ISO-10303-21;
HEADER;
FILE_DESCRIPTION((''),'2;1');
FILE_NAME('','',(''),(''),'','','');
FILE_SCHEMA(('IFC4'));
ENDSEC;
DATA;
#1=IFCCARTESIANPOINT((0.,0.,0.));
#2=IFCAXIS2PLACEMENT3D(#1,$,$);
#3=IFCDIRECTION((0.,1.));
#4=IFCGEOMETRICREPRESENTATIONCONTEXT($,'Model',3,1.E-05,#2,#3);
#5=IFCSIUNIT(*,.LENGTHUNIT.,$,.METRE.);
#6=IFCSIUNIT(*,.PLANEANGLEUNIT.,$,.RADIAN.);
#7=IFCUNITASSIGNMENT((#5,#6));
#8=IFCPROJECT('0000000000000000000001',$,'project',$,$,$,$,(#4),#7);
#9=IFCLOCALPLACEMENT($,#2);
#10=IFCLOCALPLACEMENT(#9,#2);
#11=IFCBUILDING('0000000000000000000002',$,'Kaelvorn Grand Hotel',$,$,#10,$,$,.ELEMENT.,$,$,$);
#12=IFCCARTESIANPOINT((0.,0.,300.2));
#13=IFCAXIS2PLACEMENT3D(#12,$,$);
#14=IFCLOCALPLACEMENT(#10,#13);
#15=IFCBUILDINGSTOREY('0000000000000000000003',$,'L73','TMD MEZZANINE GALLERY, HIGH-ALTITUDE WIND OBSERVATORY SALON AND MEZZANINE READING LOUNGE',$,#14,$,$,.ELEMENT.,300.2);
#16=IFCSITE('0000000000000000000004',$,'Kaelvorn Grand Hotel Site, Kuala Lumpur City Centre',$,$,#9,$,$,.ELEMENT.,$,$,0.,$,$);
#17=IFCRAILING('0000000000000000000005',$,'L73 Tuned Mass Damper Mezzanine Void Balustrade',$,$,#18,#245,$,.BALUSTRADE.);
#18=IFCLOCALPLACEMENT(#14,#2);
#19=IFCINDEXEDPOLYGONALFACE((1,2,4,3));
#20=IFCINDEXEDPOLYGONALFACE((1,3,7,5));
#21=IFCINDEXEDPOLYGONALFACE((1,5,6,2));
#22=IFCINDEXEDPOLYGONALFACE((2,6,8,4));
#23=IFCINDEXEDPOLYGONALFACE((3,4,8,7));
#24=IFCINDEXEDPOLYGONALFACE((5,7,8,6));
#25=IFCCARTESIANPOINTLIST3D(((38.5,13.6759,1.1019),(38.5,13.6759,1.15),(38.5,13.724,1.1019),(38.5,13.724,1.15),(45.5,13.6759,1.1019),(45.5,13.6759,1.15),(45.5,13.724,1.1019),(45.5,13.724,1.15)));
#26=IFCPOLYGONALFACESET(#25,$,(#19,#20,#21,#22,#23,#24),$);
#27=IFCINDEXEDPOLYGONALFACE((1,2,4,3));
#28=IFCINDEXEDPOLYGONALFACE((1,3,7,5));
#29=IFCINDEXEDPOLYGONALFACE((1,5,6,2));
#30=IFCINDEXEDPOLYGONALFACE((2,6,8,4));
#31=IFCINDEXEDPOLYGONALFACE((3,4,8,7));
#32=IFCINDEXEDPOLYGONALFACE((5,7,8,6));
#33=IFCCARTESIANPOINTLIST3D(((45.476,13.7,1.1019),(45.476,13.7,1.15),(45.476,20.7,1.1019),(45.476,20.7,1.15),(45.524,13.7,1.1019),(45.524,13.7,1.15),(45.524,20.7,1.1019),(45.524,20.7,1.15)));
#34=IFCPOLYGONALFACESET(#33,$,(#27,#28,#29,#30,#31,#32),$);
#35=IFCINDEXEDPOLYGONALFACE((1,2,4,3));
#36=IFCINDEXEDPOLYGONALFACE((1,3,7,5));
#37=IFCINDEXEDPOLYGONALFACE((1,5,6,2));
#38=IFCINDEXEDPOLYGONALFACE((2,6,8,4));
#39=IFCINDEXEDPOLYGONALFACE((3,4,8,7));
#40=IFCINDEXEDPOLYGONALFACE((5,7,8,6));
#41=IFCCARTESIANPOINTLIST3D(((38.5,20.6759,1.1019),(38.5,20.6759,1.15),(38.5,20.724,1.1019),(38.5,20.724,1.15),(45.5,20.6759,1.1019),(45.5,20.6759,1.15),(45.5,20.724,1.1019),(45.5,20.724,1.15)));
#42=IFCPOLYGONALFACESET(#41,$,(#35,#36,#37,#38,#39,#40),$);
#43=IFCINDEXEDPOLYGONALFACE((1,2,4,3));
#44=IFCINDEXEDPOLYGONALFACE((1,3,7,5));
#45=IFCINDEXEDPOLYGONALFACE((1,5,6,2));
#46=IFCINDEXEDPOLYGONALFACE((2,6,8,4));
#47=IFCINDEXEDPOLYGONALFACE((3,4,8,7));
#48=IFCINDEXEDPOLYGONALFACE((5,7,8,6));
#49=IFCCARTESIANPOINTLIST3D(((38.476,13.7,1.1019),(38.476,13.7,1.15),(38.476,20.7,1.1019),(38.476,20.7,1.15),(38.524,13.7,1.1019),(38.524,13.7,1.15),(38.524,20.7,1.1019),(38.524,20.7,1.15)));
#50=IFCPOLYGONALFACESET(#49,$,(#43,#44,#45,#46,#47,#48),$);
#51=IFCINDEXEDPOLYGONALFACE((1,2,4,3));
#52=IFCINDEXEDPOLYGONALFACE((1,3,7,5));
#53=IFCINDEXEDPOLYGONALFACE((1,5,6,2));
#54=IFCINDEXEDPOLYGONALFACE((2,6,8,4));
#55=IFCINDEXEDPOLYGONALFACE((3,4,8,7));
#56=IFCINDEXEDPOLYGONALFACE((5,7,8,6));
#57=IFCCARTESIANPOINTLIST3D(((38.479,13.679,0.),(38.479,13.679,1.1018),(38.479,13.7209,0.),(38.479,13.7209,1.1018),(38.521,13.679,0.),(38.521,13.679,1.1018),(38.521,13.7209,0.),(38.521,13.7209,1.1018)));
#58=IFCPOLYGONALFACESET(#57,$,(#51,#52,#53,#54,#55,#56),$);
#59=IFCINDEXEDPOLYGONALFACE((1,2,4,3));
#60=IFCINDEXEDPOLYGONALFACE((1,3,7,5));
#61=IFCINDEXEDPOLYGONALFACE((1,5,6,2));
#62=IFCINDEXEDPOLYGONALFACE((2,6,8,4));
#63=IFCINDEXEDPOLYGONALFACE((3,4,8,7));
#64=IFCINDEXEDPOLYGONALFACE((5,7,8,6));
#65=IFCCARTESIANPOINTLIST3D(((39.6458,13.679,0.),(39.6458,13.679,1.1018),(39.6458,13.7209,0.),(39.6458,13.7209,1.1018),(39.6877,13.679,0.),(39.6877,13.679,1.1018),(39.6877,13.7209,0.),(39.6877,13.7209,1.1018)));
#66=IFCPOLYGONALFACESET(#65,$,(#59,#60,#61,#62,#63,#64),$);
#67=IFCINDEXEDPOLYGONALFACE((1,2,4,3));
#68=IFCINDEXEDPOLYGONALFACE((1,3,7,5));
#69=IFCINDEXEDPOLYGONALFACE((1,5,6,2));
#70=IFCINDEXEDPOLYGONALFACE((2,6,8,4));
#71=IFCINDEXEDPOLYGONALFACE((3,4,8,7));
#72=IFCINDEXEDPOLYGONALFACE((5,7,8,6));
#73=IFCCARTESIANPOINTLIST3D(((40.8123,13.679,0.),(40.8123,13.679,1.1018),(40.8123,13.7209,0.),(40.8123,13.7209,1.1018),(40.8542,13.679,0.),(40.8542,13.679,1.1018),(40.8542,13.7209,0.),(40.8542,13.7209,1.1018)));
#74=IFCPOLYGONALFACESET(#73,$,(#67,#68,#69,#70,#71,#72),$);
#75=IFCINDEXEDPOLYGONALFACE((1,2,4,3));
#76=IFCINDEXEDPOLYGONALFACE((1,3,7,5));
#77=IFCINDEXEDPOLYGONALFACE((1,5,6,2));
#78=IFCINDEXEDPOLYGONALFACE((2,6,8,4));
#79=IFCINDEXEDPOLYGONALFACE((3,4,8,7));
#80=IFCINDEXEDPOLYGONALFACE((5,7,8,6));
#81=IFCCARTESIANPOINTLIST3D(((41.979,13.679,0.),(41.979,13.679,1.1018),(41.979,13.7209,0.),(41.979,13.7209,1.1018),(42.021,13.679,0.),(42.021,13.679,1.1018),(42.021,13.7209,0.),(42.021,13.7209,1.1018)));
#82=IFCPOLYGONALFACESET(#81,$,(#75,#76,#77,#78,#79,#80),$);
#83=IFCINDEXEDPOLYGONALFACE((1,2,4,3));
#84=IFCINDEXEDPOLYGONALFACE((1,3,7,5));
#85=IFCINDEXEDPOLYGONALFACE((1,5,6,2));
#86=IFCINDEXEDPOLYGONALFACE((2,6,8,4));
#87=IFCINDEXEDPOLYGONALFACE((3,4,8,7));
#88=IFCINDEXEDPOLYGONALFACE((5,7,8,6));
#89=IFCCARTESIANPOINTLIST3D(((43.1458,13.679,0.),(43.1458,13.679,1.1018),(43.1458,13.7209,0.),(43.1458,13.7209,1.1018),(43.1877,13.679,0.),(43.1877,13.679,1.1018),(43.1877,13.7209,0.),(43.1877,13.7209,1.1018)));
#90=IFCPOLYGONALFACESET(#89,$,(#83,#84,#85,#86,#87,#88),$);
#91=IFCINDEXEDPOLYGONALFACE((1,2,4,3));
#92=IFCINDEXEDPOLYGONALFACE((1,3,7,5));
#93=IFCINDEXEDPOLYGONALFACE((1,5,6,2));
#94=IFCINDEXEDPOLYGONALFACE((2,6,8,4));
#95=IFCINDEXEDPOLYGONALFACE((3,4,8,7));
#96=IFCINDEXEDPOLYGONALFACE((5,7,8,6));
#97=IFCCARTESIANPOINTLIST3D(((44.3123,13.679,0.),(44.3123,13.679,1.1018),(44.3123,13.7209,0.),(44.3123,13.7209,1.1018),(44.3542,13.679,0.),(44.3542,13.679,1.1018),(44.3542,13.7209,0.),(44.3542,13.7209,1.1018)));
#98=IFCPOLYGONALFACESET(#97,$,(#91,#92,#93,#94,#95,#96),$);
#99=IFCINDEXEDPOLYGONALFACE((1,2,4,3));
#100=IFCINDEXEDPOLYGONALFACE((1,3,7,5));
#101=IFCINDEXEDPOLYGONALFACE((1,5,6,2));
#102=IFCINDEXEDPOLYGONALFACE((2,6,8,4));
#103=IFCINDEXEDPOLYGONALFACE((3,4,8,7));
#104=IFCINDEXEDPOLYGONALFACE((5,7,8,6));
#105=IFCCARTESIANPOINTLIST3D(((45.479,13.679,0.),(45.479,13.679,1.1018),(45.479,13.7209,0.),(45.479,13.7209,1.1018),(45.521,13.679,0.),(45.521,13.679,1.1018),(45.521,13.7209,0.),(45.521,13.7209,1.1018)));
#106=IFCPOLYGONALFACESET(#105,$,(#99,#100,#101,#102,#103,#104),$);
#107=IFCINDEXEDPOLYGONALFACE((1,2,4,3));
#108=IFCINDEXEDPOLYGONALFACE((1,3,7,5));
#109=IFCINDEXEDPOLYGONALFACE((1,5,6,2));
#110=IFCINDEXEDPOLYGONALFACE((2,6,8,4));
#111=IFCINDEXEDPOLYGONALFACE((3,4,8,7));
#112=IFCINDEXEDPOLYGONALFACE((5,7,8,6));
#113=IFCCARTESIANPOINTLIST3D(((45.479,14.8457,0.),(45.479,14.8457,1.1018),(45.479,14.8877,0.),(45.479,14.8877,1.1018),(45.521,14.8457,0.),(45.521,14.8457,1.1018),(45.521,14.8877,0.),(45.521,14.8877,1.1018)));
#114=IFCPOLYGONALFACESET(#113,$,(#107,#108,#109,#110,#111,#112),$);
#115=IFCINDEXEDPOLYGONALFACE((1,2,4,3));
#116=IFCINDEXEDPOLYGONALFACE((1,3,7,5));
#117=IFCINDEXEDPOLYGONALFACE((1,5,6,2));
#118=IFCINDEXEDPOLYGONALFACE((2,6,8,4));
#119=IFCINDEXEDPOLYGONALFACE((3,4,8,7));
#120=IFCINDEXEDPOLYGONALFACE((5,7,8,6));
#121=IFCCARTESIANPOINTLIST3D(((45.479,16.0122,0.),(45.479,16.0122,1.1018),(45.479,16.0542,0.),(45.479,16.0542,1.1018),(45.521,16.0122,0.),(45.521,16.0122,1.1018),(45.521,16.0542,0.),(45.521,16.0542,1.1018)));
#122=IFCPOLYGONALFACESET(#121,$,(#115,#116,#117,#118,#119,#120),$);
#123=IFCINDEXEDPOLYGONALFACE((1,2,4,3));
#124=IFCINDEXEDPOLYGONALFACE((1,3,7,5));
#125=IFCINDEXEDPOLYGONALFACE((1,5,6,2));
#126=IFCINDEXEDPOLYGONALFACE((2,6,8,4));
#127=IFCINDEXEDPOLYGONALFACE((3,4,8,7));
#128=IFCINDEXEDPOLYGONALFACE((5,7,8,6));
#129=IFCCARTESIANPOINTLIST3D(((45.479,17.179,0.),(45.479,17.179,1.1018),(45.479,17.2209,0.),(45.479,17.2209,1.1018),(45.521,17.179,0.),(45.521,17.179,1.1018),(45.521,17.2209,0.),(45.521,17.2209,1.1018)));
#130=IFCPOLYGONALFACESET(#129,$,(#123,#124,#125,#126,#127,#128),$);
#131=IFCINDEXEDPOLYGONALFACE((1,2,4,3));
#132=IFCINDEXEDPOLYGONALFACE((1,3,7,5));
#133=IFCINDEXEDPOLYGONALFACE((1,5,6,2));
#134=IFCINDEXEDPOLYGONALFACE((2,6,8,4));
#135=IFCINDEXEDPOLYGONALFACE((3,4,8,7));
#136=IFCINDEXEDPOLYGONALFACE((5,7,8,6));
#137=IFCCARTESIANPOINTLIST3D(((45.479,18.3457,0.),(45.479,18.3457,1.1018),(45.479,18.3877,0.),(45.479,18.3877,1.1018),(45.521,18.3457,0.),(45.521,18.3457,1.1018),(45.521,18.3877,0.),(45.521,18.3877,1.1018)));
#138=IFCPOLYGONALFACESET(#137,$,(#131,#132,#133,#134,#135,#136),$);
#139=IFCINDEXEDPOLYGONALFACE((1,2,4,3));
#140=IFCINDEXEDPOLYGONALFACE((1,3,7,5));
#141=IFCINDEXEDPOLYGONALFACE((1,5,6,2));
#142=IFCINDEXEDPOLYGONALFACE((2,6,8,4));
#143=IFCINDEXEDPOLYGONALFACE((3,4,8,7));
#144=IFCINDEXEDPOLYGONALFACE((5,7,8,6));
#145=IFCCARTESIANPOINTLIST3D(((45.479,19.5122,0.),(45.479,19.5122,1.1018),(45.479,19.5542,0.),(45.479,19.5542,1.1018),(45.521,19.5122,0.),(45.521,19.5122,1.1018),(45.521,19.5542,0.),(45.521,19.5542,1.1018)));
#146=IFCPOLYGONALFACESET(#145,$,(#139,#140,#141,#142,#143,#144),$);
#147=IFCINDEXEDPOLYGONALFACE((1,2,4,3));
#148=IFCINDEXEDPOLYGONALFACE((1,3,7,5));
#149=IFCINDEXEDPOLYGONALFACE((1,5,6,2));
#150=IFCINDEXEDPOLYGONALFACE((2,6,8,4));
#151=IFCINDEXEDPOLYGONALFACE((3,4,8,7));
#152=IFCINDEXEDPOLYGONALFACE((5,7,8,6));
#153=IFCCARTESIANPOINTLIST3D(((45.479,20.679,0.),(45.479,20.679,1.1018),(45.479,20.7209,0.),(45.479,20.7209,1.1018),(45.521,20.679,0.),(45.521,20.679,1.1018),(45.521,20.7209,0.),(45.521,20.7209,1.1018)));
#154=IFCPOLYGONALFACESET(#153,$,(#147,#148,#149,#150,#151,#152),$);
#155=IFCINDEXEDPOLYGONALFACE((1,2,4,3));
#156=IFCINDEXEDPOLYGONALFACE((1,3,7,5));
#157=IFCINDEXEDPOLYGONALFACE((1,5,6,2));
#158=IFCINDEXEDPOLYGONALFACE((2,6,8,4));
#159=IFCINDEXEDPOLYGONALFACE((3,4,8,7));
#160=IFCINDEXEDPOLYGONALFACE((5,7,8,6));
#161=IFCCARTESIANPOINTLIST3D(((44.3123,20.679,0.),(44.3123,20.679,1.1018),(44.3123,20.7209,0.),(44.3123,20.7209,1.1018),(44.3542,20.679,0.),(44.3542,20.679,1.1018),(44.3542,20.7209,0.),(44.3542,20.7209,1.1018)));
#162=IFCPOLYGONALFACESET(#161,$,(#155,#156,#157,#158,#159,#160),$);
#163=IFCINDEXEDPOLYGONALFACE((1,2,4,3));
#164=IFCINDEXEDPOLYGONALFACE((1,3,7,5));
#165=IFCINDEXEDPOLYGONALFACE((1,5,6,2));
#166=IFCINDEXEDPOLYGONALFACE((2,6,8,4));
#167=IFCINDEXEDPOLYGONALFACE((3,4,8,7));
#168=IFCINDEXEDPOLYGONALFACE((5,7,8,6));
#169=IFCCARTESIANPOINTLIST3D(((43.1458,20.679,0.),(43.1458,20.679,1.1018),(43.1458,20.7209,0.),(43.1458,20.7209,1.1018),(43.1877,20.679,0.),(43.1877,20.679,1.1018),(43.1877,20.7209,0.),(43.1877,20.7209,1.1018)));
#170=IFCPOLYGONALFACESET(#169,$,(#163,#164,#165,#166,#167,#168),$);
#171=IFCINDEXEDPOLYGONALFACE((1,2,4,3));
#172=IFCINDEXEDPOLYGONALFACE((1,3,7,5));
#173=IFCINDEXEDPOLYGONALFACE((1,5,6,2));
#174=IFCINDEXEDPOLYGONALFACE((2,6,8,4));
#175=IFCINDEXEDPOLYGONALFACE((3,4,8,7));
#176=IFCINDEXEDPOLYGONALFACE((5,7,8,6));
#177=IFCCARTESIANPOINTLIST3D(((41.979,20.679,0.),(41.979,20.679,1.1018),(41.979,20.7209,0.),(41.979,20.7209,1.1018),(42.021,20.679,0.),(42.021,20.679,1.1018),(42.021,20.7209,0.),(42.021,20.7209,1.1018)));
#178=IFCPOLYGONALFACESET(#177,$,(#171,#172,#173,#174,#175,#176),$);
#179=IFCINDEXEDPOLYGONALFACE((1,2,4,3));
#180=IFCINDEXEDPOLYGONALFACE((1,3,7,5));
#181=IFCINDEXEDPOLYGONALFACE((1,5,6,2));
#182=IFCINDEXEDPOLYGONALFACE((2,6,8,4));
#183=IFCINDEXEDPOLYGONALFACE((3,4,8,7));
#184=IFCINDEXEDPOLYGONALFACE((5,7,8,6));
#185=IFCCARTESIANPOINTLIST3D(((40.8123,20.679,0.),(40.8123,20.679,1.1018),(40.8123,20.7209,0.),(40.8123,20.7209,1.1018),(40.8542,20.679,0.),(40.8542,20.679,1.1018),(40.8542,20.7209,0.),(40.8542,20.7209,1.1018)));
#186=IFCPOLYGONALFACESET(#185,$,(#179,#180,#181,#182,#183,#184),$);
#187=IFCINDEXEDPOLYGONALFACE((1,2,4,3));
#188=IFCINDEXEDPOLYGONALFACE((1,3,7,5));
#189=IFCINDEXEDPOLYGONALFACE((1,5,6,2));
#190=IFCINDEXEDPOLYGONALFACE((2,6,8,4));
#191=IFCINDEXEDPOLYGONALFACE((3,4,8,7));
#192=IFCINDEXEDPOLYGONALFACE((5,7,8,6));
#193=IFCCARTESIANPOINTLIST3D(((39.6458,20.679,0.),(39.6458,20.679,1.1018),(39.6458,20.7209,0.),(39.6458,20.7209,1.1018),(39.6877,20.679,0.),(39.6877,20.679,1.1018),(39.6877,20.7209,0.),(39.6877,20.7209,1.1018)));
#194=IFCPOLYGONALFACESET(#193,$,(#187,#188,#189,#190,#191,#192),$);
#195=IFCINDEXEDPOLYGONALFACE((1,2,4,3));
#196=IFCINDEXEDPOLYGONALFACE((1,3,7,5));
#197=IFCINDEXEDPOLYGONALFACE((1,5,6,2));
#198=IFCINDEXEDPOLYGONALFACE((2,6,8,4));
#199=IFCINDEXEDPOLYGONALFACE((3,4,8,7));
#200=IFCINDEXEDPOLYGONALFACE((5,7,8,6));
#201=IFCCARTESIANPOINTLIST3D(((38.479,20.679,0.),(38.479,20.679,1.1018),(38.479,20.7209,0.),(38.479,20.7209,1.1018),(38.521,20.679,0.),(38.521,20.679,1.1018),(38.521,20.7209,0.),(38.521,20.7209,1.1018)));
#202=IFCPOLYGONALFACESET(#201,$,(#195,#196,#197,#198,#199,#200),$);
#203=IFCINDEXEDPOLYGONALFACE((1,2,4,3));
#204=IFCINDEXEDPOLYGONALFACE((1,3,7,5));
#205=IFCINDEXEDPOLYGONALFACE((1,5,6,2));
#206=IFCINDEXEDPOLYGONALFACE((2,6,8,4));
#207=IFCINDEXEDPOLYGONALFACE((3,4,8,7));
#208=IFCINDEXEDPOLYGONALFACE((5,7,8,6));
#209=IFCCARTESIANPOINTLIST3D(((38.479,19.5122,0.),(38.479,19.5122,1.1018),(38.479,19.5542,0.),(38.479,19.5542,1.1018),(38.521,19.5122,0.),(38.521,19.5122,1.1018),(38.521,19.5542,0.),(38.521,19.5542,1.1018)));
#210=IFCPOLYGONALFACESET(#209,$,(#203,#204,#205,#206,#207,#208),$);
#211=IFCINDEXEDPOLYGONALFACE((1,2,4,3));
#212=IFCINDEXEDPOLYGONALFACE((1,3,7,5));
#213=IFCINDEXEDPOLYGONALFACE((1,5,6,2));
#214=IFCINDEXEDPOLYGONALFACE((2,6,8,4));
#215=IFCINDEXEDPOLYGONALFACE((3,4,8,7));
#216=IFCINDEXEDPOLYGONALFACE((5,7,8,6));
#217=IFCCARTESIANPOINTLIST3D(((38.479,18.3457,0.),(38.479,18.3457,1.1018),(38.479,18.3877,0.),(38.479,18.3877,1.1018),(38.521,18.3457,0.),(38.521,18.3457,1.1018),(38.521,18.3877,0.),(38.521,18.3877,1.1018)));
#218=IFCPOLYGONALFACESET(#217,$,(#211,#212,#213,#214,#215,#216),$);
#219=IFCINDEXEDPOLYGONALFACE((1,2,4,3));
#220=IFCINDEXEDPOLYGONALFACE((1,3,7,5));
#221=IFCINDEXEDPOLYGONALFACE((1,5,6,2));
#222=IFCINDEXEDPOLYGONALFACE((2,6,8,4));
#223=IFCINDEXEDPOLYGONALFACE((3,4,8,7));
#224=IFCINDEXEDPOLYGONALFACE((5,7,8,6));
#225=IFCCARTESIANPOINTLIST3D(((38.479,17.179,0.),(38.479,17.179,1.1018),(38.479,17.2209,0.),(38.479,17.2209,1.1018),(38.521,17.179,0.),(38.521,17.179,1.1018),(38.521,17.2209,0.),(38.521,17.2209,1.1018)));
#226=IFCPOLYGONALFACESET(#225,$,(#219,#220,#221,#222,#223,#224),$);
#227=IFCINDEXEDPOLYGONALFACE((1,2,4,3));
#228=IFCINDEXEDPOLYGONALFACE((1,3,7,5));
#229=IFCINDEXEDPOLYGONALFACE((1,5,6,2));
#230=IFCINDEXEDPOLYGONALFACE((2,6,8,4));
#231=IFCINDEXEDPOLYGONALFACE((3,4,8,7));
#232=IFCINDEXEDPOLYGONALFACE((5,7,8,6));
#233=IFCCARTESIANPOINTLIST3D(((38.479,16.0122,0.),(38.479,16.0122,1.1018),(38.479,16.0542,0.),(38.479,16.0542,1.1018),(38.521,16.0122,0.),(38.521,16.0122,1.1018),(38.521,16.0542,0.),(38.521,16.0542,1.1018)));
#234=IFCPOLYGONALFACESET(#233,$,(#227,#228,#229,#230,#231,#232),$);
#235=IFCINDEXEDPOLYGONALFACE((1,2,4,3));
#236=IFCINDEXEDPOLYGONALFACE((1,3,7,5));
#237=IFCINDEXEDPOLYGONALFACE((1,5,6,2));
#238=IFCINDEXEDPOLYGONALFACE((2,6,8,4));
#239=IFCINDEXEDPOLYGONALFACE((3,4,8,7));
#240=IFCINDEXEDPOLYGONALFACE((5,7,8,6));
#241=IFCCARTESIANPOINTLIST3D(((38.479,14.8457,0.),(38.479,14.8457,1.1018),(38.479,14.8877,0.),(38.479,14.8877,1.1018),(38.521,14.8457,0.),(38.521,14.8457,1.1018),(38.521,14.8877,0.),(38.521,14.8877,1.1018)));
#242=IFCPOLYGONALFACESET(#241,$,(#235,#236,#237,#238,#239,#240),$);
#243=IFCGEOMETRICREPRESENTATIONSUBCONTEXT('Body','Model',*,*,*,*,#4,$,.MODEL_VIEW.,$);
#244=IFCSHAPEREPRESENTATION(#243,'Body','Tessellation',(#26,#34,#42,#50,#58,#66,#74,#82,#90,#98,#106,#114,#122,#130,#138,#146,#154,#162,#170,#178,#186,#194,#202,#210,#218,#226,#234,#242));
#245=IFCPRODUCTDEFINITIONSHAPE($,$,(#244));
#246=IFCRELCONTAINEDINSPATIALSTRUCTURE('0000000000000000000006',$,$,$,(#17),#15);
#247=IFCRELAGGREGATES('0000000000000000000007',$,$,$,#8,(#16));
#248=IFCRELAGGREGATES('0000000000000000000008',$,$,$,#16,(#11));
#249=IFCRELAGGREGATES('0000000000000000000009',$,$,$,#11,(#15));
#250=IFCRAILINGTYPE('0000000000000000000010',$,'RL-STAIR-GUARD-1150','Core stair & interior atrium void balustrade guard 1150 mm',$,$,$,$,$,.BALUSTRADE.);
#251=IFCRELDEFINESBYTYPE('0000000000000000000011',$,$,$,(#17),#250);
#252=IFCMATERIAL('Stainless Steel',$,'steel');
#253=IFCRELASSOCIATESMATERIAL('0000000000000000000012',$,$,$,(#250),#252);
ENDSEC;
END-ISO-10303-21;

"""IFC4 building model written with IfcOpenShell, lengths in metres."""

from ifc_helpers import new_model, si_unit, direction, frame, origin, origin_2d, place, context, subcontext, project, spatial, rectangle, extrude, material, type_object, element, save


model = new_model("IFC4")

# Units and contexts
model_context = context("Model", 3, precision=1e-05, world=origin(), true_north=direction((0.0, 1.0)))
body_context = subcontext(model_context, "Body", "Model", "MODEL_VIEW")
ifc_project = project(units=[si_unit("LENGTHUNIT", "METRE"), si_unit("PLANEANGLEUNIT", "RADIAN")], contexts=[model_context])

# Site, building, storey
site_placement = place(None, origin())
site = spatial("IfcSite", under=ifc_project, at=site_placement, Name="Kaelvorn Grand Hotel Site, Kuala Lumpur City Centre", CompositionType="ELEMENT", RefElevation=0.0)
building_placement = place(site_placement, origin())
building = spatial("IfcBuilding", under=site, at=building_placement, Name="Kaelvorn Grand Hotel", CompositionType="ELEMENT")
storey_placement = place(building_placement, frame((0.0, 0.0, 300.2)))
storey = spatial("IfcBuildingStorey", under=building, at=storey_placement, Name="L73", Description="TMD MEZZANINE GALLERY, HIGH-ALTITUDE WIND OBSERVATORY SALON AND MEZZANINE READING LOUNGE", CompositionType="ELEMENT", Elevation=300.2)

# Railing
ifc_material_1 = material(Name="Stainless Steel", Category="steel")
railing_type = type_object("IfcRailingType", Name="RL-STAIR-GUARD-1150", Description="Core stair & interior atrium void balustrade guard 1150 mm", PredefinedType="BALUSTRADE", material=ifc_material_1)
railing_placement = place(storey_placement, frame((38.5, 13.7, 0.0)))
element("IfcRailing", 1, at=railing_placement, inside=storey, type_object=railing_type, Name="L73 Tuned Mass Damper Mezzanine Void Balustrade", PredefinedType="BALUSTRADE", context=body_context, shape_type="SweptSolid", body=[
    extrude(rectangle(XDim=0.0481, YDim=0.0481, at=origin_2d()), frame((0.0, 0.0, 1.126), z_axis=(1.0, 0.0, 0.0), x_axis=(0.0, 1.0, 0.0)), (0.0, 0.0, 1.0), 7.0),
    extrude(rectangle(XDim=0.0481, YDim=0.0481, at=origin_2d()), frame((7.0, 0.0, 1.126), z_axis=(0.0, 1.0, 0.0), x_axis=(-1.0, 0.0, 0.0)), (0.0, 0.0, 1.0), 7.0),
    extrude(rectangle(XDim=0.0481, YDim=0.0481, at=origin_2d()), frame((7.0, 7.0, 1.126), z_axis=(-1.0, 0.0, 0.0), x_axis=(0.0, -1.0, 0.0)), (0.0, 0.0, 1.0), 7.0),
    extrude(rectangle(XDim=0.0481, YDim=0.0481, at=origin_2d()), frame((0.0, 7.0, 1.126), z_axis=(0.0, -1.0, 0.0), x_axis=(1.0, 0.0, 0.0)), (0.0, 0.0, 1.0), 7.0),
    extrude(rectangle(XDim=0.042, YDim=0.042, at=origin_2d()), origin(), (0.0, 0.0, 1.0), 1.1018),
    extrude(rectangle(XDim=0.042, YDim=0.042, at=origin_2d()), frame((1.1667, 0.0, 0.0)), (0.0, 0.0, 1.0), 1.1018),
    extrude(rectangle(XDim=0.042, YDim=0.042, at=origin_2d()), frame((2.3333, 0.0, 0.0)), (0.0, 0.0, 1.0), 1.1018),
    extrude(rectangle(XDim=0.042, YDim=0.042, at=origin_2d()), frame((3.5, 0.0, 0.0)), (0.0, 0.0, 1.0), 1.1018),
    extrude(rectangle(XDim=0.042, YDim=0.042, at=origin_2d()), frame((4.6667, 0.0, 0.0)), (0.0, 0.0, 1.0), 1.1018),
    extrude(rectangle(XDim=0.042, YDim=0.042, at=origin_2d()), frame((5.8333, 0.0, 0.0)), (0.0, 0.0, 1.0), 1.1018),
    extrude(rectangle(XDim=0.042, YDim=0.042, at=origin_2d()), frame((7.0, 0.0, 0.0)), (0.0, 0.0, 1.0), 1.1018),
    extrude(rectangle(XDim=0.042, YDim=0.042, at=origin_2d()), frame((7.0, 1.1667, 0.0)), (0.0, 0.0, 1.0), 1.1018),
    extrude(rectangle(XDim=0.042, YDim=0.042, at=origin_2d()), frame((7.0, 2.3333, 0.0)), (0.0, 0.0, 1.0), 1.1018),
    extrude(rectangle(XDim=0.042, YDim=0.042, at=origin_2d()), frame((7.0, 3.5, 0.0)), (0.0, 0.0, 1.0), 1.1018),
    extrude(rectangle(XDim=0.042, YDim=0.042, at=origin_2d()), frame((7.0, 4.6667, 0.0)), (0.0, 0.0, 1.0), 1.1018),
    extrude(rectangle(XDim=0.042, YDim=0.042, at=origin_2d()), frame((7.0, 5.8333, 0.0)), (0.0, 0.0, 1.0), 1.1018),
    extrude(rectangle(XDim=0.042, YDim=0.042, at=origin_2d()), frame((7.0, 7.0, 0.0)), (0.0, 0.0, 1.0), 1.1018),
    extrude(rectangle(XDim=0.042, YDim=0.042, at=origin_2d()), frame((5.8333, 7.0, 0.0)), (0.0, 0.0, 1.0), 1.1018),
    extrude(rectangle(XDim=0.042, YDim=0.042, at=origin_2d()), frame((4.6667, 7.0, 0.0)), (0.0, 0.0, 1.0), 1.1018),
    extrude(rectangle(XDim=0.042, YDim=0.042, at=origin_2d()), frame((3.5, 7.0, 0.0)), (0.0, 0.0, 1.0), 1.1018),
    extrude(rectangle(XDim=0.042, YDim=0.042, at=origin_2d()), frame((2.3333, 7.0, 0.0)), (0.0, 0.0, 1.0), 1.1018),
    extrude(rectangle(XDim=0.042, YDim=0.042, at=origin_2d()), frame((1.1667, 7.0, 0.0)), (0.0, 0.0, 1.0), 1.1018),
    extrude(rectangle(XDim=0.042, YDim=0.042, at=origin_2d()), frame((0.0, 7.0, 0.0)), (0.0, 0.0, 1.0), 1.1018),
    extrude(rectangle(XDim=0.042, YDim=0.042, at=origin_2d()), frame((0.0, 5.8333, 0.0)), (0.0, 0.0, 1.0), 1.1018),
    extrude(rectangle(XDim=0.042, YDim=0.042, at=origin_2d()), frame((0.0, 4.6667, 0.0)), (0.0, 0.0, 1.0), 1.1018),
    extrude(rectangle(XDim=0.042, YDim=0.042, at=origin_2d()), frame((0.0, 3.5, 0.0)), (0.0, 0.0, 1.0), 1.1018),
    extrude(rectangle(XDim=0.042, YDim=0.042, at=origin_2d()), frame((0.0, 2.3333, 0.0)), (0.0, 0.0, 1.0), 1.1018),
    extrude(rectangle(XDim=0.042, YDim=0.042, at=origin_2d()), frame((0.0, 1.1667, 0.0)), (0.0, 0.0, 1.0), 1.1018),
])

save(model, "model.ifc")
